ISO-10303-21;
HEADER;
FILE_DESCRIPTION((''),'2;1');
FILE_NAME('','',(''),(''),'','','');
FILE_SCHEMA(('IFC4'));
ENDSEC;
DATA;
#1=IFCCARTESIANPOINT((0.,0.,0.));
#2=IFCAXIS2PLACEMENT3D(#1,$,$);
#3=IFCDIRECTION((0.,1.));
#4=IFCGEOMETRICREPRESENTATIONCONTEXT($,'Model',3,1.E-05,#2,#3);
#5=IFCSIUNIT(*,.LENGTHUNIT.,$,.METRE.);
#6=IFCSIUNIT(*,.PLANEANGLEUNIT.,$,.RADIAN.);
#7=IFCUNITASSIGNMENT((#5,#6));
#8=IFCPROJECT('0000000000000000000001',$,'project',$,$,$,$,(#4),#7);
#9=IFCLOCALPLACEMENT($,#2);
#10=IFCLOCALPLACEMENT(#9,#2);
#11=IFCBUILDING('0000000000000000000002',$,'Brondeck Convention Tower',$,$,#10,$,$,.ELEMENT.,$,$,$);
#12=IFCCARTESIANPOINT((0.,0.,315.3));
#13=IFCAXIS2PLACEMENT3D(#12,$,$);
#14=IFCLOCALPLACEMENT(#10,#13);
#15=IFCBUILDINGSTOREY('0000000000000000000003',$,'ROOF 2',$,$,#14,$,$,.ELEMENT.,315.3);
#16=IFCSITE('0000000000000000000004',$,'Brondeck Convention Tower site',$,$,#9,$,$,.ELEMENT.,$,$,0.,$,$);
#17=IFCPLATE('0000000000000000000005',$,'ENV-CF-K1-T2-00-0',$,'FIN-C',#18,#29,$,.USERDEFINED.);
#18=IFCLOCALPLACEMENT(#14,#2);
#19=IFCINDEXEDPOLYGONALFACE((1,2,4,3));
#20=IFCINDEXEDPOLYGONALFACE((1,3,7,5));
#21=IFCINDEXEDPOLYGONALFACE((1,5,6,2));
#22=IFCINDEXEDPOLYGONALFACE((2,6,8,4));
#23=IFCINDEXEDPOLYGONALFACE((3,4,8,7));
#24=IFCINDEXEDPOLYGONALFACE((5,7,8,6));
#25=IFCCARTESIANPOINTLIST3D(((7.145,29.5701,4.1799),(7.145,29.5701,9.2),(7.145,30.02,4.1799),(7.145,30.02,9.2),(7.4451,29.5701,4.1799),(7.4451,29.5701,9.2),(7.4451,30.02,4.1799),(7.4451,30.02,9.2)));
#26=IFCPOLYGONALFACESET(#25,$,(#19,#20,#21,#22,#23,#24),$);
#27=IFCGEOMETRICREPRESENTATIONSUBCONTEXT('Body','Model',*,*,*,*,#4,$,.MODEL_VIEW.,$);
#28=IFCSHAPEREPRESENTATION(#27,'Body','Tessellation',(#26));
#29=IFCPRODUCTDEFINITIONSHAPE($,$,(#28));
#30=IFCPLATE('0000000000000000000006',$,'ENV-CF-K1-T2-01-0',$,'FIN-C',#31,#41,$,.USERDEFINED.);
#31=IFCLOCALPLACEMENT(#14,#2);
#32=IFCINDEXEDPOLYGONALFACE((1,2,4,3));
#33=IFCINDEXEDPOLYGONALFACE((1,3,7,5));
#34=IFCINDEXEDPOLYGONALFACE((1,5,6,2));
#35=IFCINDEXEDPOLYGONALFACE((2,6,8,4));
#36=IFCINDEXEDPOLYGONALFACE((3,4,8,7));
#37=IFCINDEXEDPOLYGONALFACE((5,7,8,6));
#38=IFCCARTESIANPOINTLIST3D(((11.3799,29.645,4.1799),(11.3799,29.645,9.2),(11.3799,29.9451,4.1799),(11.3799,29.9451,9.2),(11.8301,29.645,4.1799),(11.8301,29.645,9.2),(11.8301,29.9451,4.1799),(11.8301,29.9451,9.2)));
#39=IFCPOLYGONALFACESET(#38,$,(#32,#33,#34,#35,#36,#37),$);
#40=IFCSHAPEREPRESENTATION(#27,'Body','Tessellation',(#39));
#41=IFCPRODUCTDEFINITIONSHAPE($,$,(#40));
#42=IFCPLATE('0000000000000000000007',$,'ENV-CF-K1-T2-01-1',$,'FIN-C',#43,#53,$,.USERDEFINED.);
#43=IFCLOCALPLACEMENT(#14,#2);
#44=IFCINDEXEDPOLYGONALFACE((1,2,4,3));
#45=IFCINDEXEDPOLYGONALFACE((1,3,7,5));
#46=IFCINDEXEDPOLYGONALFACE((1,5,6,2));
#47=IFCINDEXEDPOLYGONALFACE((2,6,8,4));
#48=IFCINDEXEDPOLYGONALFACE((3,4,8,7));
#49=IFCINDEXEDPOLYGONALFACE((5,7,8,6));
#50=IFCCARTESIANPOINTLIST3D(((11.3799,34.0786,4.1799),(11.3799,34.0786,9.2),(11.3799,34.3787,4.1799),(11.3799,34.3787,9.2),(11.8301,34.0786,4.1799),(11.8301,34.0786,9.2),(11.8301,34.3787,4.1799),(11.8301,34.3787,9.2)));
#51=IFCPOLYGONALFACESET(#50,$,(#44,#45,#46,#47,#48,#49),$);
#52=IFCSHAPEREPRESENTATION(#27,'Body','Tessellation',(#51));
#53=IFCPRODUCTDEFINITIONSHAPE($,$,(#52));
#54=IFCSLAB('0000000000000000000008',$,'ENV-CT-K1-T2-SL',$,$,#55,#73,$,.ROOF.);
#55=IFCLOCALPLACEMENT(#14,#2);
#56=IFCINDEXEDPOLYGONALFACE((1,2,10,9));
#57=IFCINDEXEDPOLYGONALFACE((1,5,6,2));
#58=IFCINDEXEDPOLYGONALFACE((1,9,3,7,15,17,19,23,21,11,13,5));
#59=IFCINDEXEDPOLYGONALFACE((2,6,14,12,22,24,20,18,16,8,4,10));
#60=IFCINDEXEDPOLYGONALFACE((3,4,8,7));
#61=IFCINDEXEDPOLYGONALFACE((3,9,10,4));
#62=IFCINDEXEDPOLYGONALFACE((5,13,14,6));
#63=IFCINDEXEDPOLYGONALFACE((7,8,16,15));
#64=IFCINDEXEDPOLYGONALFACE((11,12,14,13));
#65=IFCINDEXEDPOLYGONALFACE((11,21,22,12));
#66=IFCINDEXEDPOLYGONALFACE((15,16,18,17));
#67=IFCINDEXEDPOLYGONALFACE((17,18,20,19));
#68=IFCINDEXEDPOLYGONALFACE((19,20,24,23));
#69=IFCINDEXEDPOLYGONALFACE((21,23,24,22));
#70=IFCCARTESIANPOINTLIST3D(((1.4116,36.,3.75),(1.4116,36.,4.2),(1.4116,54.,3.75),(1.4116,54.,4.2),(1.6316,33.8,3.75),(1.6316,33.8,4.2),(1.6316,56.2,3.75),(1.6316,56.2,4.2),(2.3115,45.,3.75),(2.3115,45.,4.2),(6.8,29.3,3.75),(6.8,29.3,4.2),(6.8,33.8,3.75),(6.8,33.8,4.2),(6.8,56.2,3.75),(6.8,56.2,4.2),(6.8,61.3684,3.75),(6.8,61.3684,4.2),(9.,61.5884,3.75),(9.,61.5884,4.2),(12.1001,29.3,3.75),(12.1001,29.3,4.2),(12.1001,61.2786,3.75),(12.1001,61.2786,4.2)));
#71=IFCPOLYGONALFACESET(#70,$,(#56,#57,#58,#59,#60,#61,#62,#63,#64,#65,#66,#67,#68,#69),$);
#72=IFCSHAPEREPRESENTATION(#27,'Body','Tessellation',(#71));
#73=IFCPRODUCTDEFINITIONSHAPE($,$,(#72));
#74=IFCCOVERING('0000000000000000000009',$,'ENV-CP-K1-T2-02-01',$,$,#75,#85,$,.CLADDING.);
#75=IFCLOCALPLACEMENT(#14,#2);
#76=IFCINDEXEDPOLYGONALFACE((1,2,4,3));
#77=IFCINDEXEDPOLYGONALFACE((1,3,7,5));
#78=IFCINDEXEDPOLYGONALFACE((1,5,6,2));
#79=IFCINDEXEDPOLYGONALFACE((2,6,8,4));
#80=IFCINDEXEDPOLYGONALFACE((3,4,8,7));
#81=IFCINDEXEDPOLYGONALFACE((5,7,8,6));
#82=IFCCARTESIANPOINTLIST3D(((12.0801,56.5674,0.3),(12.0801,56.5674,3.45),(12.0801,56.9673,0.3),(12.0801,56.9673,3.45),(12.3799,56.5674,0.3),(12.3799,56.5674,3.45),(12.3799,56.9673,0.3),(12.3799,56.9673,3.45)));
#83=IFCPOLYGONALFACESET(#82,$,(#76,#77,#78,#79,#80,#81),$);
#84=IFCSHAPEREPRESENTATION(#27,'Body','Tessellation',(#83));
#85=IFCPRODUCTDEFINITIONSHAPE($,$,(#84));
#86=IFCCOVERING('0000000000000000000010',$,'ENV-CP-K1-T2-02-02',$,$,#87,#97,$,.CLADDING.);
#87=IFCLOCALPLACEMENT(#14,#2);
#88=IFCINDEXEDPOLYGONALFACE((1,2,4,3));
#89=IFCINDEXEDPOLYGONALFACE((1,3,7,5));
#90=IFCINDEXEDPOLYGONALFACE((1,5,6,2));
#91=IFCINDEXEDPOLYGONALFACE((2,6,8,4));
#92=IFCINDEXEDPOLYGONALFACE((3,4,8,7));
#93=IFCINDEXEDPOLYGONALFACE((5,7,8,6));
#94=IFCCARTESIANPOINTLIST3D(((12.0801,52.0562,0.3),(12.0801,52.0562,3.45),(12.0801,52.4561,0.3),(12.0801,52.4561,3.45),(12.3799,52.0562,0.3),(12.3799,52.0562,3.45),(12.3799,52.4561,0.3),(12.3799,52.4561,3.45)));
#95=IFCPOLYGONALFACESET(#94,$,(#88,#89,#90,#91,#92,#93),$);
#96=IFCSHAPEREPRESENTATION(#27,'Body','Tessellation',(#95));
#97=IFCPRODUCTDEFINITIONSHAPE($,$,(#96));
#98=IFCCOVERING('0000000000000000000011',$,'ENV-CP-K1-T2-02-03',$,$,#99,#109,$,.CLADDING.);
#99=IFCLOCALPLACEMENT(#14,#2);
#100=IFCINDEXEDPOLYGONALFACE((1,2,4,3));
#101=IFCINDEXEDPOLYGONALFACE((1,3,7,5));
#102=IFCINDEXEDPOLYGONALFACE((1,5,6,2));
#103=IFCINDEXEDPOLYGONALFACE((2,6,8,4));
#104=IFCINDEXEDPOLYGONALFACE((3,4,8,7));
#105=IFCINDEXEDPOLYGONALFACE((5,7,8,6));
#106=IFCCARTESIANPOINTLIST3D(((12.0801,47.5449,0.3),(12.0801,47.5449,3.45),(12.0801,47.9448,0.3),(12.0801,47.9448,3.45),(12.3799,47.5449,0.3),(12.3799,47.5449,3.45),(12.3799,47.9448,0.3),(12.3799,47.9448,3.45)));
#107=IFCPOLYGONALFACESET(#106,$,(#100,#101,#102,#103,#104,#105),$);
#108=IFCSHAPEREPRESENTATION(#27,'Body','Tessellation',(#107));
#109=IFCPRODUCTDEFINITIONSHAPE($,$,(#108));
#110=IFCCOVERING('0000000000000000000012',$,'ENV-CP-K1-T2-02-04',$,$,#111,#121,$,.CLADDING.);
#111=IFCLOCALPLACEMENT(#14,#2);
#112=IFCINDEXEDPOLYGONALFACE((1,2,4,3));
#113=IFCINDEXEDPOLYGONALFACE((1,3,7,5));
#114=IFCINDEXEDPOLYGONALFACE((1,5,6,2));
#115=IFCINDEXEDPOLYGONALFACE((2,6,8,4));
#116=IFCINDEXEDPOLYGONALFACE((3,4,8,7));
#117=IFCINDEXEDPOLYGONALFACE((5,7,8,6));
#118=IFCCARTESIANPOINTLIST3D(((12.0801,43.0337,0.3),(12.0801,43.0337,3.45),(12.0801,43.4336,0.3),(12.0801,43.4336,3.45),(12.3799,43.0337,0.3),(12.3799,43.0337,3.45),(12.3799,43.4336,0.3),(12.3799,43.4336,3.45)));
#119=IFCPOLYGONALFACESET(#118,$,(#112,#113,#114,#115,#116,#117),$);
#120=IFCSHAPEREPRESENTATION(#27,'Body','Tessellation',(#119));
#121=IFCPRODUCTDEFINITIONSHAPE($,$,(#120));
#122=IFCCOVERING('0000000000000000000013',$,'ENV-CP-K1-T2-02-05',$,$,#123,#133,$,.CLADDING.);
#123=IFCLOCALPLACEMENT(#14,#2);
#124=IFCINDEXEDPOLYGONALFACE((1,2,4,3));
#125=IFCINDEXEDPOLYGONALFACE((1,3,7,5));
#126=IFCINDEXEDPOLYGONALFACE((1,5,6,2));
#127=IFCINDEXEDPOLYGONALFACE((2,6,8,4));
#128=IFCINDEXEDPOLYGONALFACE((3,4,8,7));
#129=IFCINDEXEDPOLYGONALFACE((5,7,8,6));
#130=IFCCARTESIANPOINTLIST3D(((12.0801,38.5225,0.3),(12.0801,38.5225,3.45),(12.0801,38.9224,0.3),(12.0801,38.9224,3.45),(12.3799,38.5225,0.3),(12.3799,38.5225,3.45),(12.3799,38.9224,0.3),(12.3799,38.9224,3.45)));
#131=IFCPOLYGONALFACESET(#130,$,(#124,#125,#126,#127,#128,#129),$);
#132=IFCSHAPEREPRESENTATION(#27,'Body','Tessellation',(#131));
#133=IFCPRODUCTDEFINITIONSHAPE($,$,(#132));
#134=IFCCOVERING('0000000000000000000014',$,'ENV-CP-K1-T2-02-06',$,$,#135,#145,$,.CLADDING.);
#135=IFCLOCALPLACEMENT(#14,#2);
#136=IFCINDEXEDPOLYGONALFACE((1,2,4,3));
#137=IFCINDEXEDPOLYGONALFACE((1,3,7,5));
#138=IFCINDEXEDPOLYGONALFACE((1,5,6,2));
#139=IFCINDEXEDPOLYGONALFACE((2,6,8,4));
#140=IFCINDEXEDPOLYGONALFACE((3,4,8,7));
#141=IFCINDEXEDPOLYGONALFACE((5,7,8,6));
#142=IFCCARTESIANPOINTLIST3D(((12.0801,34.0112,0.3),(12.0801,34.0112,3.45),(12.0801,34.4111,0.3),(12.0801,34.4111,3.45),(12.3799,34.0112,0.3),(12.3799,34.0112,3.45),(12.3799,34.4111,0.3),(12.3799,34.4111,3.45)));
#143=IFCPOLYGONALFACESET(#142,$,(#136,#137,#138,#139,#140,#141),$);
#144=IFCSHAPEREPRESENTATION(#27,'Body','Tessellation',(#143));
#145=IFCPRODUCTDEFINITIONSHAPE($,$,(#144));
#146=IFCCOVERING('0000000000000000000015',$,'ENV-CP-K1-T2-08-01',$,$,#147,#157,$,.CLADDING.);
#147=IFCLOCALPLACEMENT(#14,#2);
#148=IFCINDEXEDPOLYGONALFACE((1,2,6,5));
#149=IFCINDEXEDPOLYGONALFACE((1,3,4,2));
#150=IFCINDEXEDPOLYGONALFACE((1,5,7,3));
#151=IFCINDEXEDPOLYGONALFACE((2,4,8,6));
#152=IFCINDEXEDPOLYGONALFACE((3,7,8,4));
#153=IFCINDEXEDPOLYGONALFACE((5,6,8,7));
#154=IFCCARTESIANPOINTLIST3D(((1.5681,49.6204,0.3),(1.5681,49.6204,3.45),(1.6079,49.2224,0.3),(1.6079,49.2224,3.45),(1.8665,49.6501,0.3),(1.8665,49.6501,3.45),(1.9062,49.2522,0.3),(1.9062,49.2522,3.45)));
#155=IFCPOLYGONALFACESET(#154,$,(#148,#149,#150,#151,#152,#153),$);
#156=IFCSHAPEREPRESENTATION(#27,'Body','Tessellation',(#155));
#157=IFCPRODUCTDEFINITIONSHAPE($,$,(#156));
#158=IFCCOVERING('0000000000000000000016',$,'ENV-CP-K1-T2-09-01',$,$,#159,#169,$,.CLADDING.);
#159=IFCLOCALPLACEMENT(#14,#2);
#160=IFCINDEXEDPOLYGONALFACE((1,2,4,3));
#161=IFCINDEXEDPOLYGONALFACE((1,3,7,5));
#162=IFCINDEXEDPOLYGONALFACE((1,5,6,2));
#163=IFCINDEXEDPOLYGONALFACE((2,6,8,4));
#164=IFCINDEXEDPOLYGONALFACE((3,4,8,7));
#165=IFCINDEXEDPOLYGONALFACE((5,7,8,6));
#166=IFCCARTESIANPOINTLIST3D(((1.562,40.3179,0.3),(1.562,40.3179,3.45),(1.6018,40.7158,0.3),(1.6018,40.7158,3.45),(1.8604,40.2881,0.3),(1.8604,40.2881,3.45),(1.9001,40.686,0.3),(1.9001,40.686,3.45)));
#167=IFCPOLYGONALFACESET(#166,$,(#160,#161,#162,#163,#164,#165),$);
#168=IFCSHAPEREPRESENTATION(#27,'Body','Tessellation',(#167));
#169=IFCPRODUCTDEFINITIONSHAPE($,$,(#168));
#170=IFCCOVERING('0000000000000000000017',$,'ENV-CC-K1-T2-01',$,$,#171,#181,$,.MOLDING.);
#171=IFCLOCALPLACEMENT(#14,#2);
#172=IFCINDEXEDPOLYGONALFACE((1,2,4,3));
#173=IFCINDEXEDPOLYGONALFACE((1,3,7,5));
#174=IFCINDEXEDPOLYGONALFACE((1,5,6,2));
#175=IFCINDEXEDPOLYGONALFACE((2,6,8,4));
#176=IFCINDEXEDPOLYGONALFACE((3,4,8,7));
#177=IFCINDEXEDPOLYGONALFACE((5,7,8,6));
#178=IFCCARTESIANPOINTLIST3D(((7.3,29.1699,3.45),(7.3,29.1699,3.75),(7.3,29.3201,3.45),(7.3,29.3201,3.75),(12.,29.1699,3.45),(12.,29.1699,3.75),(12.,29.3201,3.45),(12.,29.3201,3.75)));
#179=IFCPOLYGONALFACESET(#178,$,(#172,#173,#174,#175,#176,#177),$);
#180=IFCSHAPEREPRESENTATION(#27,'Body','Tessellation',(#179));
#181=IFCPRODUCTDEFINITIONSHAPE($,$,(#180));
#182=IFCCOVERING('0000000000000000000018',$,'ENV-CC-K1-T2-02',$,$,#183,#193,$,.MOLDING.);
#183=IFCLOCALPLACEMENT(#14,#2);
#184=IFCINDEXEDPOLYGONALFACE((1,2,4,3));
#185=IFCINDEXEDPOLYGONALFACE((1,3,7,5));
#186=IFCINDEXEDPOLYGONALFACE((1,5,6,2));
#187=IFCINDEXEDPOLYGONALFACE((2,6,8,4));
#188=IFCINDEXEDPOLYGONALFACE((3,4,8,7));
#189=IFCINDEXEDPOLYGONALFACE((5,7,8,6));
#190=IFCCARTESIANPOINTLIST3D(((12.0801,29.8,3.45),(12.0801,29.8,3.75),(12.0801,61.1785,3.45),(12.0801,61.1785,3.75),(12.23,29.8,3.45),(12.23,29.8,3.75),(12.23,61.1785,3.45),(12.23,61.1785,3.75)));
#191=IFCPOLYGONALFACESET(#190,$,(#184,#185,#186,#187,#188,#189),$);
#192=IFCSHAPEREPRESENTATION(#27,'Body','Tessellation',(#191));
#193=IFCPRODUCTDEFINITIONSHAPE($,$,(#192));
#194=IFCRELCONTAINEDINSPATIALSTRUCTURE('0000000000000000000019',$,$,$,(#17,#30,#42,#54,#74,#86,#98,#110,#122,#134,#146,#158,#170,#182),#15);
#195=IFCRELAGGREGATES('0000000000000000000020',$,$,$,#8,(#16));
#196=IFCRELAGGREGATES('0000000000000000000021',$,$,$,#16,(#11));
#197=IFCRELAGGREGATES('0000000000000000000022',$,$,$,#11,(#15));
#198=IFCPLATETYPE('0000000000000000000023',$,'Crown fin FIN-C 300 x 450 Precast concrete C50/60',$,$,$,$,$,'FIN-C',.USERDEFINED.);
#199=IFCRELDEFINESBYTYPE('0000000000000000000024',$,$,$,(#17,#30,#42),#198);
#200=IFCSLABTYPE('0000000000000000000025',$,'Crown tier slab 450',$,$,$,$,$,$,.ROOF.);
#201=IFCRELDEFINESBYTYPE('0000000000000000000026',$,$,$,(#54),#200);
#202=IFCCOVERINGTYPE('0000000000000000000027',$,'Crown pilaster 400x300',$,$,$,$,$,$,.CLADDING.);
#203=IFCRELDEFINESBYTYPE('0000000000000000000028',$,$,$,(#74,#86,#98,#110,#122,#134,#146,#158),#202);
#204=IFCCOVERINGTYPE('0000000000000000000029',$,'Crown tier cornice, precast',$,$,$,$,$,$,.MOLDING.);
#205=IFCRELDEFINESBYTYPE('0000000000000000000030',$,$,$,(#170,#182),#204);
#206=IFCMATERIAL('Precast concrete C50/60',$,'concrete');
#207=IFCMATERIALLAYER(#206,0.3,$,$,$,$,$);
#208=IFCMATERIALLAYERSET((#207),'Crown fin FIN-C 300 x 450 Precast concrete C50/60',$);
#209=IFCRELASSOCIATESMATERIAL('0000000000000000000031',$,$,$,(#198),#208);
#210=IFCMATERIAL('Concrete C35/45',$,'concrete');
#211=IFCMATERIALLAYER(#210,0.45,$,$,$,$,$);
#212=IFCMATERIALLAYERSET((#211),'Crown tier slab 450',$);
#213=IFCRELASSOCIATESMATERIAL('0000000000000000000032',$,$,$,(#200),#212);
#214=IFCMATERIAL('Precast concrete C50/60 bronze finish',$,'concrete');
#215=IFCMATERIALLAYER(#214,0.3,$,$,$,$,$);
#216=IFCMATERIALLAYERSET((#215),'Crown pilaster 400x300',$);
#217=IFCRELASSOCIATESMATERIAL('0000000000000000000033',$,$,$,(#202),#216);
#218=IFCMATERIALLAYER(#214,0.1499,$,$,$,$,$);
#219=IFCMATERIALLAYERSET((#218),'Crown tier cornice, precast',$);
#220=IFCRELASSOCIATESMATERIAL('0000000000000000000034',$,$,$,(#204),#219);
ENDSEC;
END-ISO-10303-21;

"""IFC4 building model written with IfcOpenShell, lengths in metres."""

from ifc_helpers import new_model, si_unit, direction, frame, origin, place, context, subcontext, project, spatial, polyline, outline, extrude, material, layer, layer_set, type_object, element, save


model = new_model("IFC4")

# Units and contexts
model_context = context("Model", 3, precision=1e-05, world=origin(), true_north=direction((0.0, 1.0)))
body_context = subcontext(model_context, "Body", "Model", "MODEL_VIEW")
ifc_project = project(units=[si_unit("LENGTHUNIT", "METRE"), si_unit("PLANEANGLEUNIT", "RADIAN")], contexts=[model_context])

# Site, building, storey
site_placement = place(None, origin())
site = spatial("IfcSite", under=ifc_project, at=site_placement, Name="Brondeck Convention Tower site", CompositionType="ELEMENT", RefElevation=0.0)
building_placement = place(site_placement, origin())
building = spatial("IfcBuilding", under=site, at=building_placement, Name="Brondeck Convention Tower", CompositionType="ELEMENT")
storey_placement = place(building_placement, frame((0.0, 0.0, 315.3)))
storey = spatial("IfcBuildingStorey", under=building, at=storey_placement, Name="ROOF 2", CompositionType="ELEMENT", Elevation=315.3)

# Plates
ifc_material_1 = material(Name="Precast concrete C50/60", Category="concrete")
ifc_layer_1 = layer(ifc_material_1, 0.3)
ifc_layer_set_1 = layer_set([ifc_layer_1], Name="Crown fin FIN-C 300 x 450 Precast concrete C50/60")
plate_type = type_object("IfcPlateType", Name="Crown fin FIN-C 300 x 450 Precast concrete C50/60", ElementType="FIN-C", PredefinedType="USERDEFINED", material=ifc_layer_set_1)
plate_1_placement = place(storey_placement, frame((0.0, 0.0, 4.1799)))
element("IfcPlate", 1, at=plate_1_placement, inside=storey, type_object=plate_type, Name="ENV-CF-K1-T2-00-0", ObjectType="FIN-C", PredefinedType="USERDEFINED", context=body_context, shape_type="SweptSolid", body=[
    extrude(outline(polyline([(7.4451, 30.02), (7.145, 30.02), (7.145, 29.5701), (7.4451, 29.5701), (7.4451, 30.02)])), origin(), (0.0, 0.0, 1.0), 5.02),
])
plate_2_placement = place(storey_placement, frame((0.0, 0.0, 4.1799)))
element("IfcPlate", 2, at=plate_2_placement, inside=storey, type_object=plate_type, Name="ENV-CF-K1-T2-01-0", ObjectType="FIN-C", PredefinedType="USERDEFINED", context=body_context, shape_type="SweptSolid", body=[
    extrude(outline(polyline([(11.3799, 29.9451), (11.3799, 29.645), (11.8301, 29.645), (11.8301, 29.9451), (11.3799, 29.9451)])), origin(), (0.0, 0.0, 1.0), 5.02),
])
plate_3_placement = place(storey_placement, frame((0.0, 0.0, 4.1799)))
element("IfcPlate", 3, at=plate_3_placement, inside=storey, type_object=plate_type, Name="ENV-CF-K1-T2-01-1", ObjectType="FIN-C", PredefinedType="USERDEFINED", context=body_context, shape_type="SweptSolid", body=[
    extrude(outline(polyline([(11.3799, 34.3787), (11.3799, 34.0786), (11.8301, 34.0786), (11.8301, 34.3787), (11.3799, 34.3787)])), origin(), (0.0, 0.0, 1.0), 5.02),
])

# Slab
ifc_material_2 = material(Name="Concrete C35/45", Category="concrete")
ifc_layer_2 = layer(ifc_material_2, 0.45)
ifc_layer_set_2 = layer_set([ifc_layer_2], Name="Crown tier slab 450")
slab_type = type_object("IfcSlabType", Name="Crown tier slab 450", PredefinedType="ROOF", material=ifc_layer_set_2)
slab_placement = place(storey_placement, frame((0.0, 0.0, 3.75)))
element("IfcSlab", 4, at=slab_placement, inside=storey, type_object=slab_type, Name="ENV-CT-K1-T2-SL", PredefinedType="ROOF", context=body_context, shape_type="SweptSolid", body=[
    extrude(outline(polyline([(6.8, 29.3), (12.1001, 29.3), (12.1001, 61.2786), (9.0, 61.5884), (6.8, 61.3684), (6.8, 56.2), (1.6316, 56.2), (1.4116, 54.0), (2.3115, 45.0), (1.4116, 36.0), (1.6316, 33.8), (6.8, 33.8), (6.8, 29.3)])), origin(), (0.0, 0.0, 1.0), 0.45),
])

# Coverings
ifc_material_3 = material(Name="Precast concrete C50/60 bronze finish", Category="concrete")
ifc_layer_3 = layer(ifc_material_3, 0.3)
ifc_layer_set_3 = layer_set([ifc_layer_3], Name="Crown pilaster 400x300")
covering_type_1 = type_object("IfcCoveringType", Name="Crown pilaster 400x300", PredefinedType="CLADDING", material=ifc_layer_set_3)
covering_1_placement = place(storey_placement, frame((0.0, 0.0, 0.3)))
element("IfcCovering", 5, at=covering_1_placement, inside=storey, type_object=covering_type_1, Name="ENV-CP-K1-T2-02-01", PredefinedType="CLADDING", context=body_context, shape_type="SweptSolid", body=[
    extrude(outline(polyline([(12.3799, 56.5674), (12.3799, 56.9673), (12.0801, 56.9673), (12.0801, 56.5674), (12.3799, 56.5674)])), origin(), (0.0, 0.0, 1.0), 3.1499),
])
covering_2_placement = place(storey_placement, frame((0.0, 0.0, 0.3)))
element("IfcCovering", 6, at=covering_2_placement, inside=storey, type_object=covering_type_1, Name="ENV-CP-K1-T2-02-02", PredefinedType="CLADDING", context=body_context, shape_type="SweptSolid", body=[
    extrude(outline(polyline([(12.3799, 52.0562), (12.3799, 52.4561), (12.0801, 52.4561), (12.0801, 52.0562), (12.3799, 52.0562)])), origin(), (0.0, 0.0, 1.0), 3.1499),
])
covering_3_placement = place(storey_placement, frame((0.0, 0.0, 0.3)))
element("IfcCovering", 7, at=covering_3_placement, inside=storey, type_object=covering_type_1, Name="ENV-CP-K1-T2-02-03", PredefinedType="CLADDING", context=body_context, shape_type="SweptSolid", body=[
    extrude(outline(polyline([(12.3799, 47.5449), (12.3799, 47.9448), (12.0801, 47.9448), (12.0801, 47.5449), (12.3799, 47.5449)])), origin(), (0.0, 0.0, 1.0), 3.1499),
])
covering_4_placement = place(storey_placement, frame((0.0, 0.0, 0.3)))
element("IfcCovering", 8, at=covering_4_placement, inside=storey, type_object=covering_type_1, Name="ENV-CP-K1-T2-02-04", PredefinedType="CLADDING", context=body_context, shape_type="SweptSolid", body=[
    extrude(outline(polyline([(12.3799, 43.0337), (12.3799, 43.4336), (12.0801, 43.4336), (12.0801, 43.0337), (12.3799, 43.0337)])), origin(), (0.0, 0.0, 1.0), 3.1499),
])
covering_5_placement = place(storey_placement, frame((0.0, 0.0, 0.3)))
element("IfcCovering", 9, at=covering_5_placement, inside=storey, type_object=covering_type_1, Name="ENV-CP-K1-T2-02-05", PredefinedType="CLADDING", context=body_context, shape_type="SweptSolid", body=[
    extrude(outline(polyline([(12.3799, 38.5225), (12.3799, 38.9224), (12.0801, 38.9224), (12.0801, 38.5225), (12.3799, 38.5225)])), origin(), (0.0, 0.0, 1.0), 3.1499),
])
covering_6_placement = place(storey_placement, frame((0.0, 0.0, 0.3)))
element("IfcCovering", 10, at=covering_6_placement, inside=storey, type_object=covering_type_1, Name="ENV-CP-K1-T2-02-06", PredefinedType="CLADDING", context=body_context, shape_type="SweptSolid", body=[
    extrude(outline(polyline([(12.3799, 34.0112), (12.3799, 34.4111), (12.0801, 34.4111), (12.0801, 34.0112), (12.3799, 34.0112)])), origin(), (0.0, 0.0, 1.0), 3.1499),
])
covering_7_placement = place(storey_placement, frame((0.0, 0.0, 0.3)))
element("IfcCovering", 11, at=covering_7_placement, inside=storey, type_object=covering_type_1, Name="ENV-CP-K1-T2-08-01", PredefinedType="CLADDING", context=body_context, shape_type="SweptSolid", body=[
    extrude(outline(polyline([(1.5681, 49.6204), (1.6079, 49.2224), (1.9062, 49.2522), (1.8665, 49.6501), (1.5681, 49.6204)])), origin(), (0.0, 0.0, 1.0), 3.1499),
])
covering_8_placement = place(storey_placement, frame((0.0, 0.0, 0.3)))
element("IfcCovering", 12, at=covering_8_placement, inside=storey, type_object=covering_type_1, Name="ENV-CP-K1-T2-09-01", PredefinedType="CLADDING", context=body_context, shape_type="SweptSolid", body=[
    extrude(outline(polyline([(1.6018, 40.7158), (1.562, 40.3179), (1.8604, 40.2881), (1.9001, 40.686), (1.6018, 40.7158)])), origin(), (0.0, 0.0, 1.0), 3.1499),
])
ifc_layer_4 = layer(ifc_material_3, 0.1499)
ifc_layer_set_4 = layer_set([ifc_layer_4], Name="Crown tier cornice, precast")
covering_type_2 = type_object("IfcCoveringType", Name="Crown tier cornice, precast", PredefinedType="MOLDING", material=ifc_layer_set_4)
covering_9_placement = place(storey_placement, frame((0.0, 0.0, 3.45)))
element("IfcCovering", 13, at=covering_9_placement, inside=storey, type_object=covering_type_2, Name="ENV-CC-K1-T2-01", PredefinedType="MOLDING", context=body_context, shape_type="SweptSolid", body=[
    extrude(outline(polyline([(7.3, 29.1699), (12.0, 29.1699), (12.0, 29.3201), (7.3, 29.3201), (7.3, 29.1699)])), origin(), (0.0, 0.0, 1.0), 0.3),
])
covering_10_placement = place(storey_placement, frame((0.0, 0.0, 3.45)))
element("IfcCovering", 14, at=covering_10_placement, inside=storey, type_object=covering_type_2, Name="ENV-CC-K1-T2-02", PredefinedType="MOLDING", context=body_context, shape_type="SweptSolid", body=[
    extrude(outline(polyline([(12.23, 29.8), (12.23, 61.1785), (12.0801, 61.1785), (12.0801, 29.8), (12.23, 29.8)])), origin(), (0.0, 0.0, 1.0), 0.3),
])

save(model, "model.ifc")
